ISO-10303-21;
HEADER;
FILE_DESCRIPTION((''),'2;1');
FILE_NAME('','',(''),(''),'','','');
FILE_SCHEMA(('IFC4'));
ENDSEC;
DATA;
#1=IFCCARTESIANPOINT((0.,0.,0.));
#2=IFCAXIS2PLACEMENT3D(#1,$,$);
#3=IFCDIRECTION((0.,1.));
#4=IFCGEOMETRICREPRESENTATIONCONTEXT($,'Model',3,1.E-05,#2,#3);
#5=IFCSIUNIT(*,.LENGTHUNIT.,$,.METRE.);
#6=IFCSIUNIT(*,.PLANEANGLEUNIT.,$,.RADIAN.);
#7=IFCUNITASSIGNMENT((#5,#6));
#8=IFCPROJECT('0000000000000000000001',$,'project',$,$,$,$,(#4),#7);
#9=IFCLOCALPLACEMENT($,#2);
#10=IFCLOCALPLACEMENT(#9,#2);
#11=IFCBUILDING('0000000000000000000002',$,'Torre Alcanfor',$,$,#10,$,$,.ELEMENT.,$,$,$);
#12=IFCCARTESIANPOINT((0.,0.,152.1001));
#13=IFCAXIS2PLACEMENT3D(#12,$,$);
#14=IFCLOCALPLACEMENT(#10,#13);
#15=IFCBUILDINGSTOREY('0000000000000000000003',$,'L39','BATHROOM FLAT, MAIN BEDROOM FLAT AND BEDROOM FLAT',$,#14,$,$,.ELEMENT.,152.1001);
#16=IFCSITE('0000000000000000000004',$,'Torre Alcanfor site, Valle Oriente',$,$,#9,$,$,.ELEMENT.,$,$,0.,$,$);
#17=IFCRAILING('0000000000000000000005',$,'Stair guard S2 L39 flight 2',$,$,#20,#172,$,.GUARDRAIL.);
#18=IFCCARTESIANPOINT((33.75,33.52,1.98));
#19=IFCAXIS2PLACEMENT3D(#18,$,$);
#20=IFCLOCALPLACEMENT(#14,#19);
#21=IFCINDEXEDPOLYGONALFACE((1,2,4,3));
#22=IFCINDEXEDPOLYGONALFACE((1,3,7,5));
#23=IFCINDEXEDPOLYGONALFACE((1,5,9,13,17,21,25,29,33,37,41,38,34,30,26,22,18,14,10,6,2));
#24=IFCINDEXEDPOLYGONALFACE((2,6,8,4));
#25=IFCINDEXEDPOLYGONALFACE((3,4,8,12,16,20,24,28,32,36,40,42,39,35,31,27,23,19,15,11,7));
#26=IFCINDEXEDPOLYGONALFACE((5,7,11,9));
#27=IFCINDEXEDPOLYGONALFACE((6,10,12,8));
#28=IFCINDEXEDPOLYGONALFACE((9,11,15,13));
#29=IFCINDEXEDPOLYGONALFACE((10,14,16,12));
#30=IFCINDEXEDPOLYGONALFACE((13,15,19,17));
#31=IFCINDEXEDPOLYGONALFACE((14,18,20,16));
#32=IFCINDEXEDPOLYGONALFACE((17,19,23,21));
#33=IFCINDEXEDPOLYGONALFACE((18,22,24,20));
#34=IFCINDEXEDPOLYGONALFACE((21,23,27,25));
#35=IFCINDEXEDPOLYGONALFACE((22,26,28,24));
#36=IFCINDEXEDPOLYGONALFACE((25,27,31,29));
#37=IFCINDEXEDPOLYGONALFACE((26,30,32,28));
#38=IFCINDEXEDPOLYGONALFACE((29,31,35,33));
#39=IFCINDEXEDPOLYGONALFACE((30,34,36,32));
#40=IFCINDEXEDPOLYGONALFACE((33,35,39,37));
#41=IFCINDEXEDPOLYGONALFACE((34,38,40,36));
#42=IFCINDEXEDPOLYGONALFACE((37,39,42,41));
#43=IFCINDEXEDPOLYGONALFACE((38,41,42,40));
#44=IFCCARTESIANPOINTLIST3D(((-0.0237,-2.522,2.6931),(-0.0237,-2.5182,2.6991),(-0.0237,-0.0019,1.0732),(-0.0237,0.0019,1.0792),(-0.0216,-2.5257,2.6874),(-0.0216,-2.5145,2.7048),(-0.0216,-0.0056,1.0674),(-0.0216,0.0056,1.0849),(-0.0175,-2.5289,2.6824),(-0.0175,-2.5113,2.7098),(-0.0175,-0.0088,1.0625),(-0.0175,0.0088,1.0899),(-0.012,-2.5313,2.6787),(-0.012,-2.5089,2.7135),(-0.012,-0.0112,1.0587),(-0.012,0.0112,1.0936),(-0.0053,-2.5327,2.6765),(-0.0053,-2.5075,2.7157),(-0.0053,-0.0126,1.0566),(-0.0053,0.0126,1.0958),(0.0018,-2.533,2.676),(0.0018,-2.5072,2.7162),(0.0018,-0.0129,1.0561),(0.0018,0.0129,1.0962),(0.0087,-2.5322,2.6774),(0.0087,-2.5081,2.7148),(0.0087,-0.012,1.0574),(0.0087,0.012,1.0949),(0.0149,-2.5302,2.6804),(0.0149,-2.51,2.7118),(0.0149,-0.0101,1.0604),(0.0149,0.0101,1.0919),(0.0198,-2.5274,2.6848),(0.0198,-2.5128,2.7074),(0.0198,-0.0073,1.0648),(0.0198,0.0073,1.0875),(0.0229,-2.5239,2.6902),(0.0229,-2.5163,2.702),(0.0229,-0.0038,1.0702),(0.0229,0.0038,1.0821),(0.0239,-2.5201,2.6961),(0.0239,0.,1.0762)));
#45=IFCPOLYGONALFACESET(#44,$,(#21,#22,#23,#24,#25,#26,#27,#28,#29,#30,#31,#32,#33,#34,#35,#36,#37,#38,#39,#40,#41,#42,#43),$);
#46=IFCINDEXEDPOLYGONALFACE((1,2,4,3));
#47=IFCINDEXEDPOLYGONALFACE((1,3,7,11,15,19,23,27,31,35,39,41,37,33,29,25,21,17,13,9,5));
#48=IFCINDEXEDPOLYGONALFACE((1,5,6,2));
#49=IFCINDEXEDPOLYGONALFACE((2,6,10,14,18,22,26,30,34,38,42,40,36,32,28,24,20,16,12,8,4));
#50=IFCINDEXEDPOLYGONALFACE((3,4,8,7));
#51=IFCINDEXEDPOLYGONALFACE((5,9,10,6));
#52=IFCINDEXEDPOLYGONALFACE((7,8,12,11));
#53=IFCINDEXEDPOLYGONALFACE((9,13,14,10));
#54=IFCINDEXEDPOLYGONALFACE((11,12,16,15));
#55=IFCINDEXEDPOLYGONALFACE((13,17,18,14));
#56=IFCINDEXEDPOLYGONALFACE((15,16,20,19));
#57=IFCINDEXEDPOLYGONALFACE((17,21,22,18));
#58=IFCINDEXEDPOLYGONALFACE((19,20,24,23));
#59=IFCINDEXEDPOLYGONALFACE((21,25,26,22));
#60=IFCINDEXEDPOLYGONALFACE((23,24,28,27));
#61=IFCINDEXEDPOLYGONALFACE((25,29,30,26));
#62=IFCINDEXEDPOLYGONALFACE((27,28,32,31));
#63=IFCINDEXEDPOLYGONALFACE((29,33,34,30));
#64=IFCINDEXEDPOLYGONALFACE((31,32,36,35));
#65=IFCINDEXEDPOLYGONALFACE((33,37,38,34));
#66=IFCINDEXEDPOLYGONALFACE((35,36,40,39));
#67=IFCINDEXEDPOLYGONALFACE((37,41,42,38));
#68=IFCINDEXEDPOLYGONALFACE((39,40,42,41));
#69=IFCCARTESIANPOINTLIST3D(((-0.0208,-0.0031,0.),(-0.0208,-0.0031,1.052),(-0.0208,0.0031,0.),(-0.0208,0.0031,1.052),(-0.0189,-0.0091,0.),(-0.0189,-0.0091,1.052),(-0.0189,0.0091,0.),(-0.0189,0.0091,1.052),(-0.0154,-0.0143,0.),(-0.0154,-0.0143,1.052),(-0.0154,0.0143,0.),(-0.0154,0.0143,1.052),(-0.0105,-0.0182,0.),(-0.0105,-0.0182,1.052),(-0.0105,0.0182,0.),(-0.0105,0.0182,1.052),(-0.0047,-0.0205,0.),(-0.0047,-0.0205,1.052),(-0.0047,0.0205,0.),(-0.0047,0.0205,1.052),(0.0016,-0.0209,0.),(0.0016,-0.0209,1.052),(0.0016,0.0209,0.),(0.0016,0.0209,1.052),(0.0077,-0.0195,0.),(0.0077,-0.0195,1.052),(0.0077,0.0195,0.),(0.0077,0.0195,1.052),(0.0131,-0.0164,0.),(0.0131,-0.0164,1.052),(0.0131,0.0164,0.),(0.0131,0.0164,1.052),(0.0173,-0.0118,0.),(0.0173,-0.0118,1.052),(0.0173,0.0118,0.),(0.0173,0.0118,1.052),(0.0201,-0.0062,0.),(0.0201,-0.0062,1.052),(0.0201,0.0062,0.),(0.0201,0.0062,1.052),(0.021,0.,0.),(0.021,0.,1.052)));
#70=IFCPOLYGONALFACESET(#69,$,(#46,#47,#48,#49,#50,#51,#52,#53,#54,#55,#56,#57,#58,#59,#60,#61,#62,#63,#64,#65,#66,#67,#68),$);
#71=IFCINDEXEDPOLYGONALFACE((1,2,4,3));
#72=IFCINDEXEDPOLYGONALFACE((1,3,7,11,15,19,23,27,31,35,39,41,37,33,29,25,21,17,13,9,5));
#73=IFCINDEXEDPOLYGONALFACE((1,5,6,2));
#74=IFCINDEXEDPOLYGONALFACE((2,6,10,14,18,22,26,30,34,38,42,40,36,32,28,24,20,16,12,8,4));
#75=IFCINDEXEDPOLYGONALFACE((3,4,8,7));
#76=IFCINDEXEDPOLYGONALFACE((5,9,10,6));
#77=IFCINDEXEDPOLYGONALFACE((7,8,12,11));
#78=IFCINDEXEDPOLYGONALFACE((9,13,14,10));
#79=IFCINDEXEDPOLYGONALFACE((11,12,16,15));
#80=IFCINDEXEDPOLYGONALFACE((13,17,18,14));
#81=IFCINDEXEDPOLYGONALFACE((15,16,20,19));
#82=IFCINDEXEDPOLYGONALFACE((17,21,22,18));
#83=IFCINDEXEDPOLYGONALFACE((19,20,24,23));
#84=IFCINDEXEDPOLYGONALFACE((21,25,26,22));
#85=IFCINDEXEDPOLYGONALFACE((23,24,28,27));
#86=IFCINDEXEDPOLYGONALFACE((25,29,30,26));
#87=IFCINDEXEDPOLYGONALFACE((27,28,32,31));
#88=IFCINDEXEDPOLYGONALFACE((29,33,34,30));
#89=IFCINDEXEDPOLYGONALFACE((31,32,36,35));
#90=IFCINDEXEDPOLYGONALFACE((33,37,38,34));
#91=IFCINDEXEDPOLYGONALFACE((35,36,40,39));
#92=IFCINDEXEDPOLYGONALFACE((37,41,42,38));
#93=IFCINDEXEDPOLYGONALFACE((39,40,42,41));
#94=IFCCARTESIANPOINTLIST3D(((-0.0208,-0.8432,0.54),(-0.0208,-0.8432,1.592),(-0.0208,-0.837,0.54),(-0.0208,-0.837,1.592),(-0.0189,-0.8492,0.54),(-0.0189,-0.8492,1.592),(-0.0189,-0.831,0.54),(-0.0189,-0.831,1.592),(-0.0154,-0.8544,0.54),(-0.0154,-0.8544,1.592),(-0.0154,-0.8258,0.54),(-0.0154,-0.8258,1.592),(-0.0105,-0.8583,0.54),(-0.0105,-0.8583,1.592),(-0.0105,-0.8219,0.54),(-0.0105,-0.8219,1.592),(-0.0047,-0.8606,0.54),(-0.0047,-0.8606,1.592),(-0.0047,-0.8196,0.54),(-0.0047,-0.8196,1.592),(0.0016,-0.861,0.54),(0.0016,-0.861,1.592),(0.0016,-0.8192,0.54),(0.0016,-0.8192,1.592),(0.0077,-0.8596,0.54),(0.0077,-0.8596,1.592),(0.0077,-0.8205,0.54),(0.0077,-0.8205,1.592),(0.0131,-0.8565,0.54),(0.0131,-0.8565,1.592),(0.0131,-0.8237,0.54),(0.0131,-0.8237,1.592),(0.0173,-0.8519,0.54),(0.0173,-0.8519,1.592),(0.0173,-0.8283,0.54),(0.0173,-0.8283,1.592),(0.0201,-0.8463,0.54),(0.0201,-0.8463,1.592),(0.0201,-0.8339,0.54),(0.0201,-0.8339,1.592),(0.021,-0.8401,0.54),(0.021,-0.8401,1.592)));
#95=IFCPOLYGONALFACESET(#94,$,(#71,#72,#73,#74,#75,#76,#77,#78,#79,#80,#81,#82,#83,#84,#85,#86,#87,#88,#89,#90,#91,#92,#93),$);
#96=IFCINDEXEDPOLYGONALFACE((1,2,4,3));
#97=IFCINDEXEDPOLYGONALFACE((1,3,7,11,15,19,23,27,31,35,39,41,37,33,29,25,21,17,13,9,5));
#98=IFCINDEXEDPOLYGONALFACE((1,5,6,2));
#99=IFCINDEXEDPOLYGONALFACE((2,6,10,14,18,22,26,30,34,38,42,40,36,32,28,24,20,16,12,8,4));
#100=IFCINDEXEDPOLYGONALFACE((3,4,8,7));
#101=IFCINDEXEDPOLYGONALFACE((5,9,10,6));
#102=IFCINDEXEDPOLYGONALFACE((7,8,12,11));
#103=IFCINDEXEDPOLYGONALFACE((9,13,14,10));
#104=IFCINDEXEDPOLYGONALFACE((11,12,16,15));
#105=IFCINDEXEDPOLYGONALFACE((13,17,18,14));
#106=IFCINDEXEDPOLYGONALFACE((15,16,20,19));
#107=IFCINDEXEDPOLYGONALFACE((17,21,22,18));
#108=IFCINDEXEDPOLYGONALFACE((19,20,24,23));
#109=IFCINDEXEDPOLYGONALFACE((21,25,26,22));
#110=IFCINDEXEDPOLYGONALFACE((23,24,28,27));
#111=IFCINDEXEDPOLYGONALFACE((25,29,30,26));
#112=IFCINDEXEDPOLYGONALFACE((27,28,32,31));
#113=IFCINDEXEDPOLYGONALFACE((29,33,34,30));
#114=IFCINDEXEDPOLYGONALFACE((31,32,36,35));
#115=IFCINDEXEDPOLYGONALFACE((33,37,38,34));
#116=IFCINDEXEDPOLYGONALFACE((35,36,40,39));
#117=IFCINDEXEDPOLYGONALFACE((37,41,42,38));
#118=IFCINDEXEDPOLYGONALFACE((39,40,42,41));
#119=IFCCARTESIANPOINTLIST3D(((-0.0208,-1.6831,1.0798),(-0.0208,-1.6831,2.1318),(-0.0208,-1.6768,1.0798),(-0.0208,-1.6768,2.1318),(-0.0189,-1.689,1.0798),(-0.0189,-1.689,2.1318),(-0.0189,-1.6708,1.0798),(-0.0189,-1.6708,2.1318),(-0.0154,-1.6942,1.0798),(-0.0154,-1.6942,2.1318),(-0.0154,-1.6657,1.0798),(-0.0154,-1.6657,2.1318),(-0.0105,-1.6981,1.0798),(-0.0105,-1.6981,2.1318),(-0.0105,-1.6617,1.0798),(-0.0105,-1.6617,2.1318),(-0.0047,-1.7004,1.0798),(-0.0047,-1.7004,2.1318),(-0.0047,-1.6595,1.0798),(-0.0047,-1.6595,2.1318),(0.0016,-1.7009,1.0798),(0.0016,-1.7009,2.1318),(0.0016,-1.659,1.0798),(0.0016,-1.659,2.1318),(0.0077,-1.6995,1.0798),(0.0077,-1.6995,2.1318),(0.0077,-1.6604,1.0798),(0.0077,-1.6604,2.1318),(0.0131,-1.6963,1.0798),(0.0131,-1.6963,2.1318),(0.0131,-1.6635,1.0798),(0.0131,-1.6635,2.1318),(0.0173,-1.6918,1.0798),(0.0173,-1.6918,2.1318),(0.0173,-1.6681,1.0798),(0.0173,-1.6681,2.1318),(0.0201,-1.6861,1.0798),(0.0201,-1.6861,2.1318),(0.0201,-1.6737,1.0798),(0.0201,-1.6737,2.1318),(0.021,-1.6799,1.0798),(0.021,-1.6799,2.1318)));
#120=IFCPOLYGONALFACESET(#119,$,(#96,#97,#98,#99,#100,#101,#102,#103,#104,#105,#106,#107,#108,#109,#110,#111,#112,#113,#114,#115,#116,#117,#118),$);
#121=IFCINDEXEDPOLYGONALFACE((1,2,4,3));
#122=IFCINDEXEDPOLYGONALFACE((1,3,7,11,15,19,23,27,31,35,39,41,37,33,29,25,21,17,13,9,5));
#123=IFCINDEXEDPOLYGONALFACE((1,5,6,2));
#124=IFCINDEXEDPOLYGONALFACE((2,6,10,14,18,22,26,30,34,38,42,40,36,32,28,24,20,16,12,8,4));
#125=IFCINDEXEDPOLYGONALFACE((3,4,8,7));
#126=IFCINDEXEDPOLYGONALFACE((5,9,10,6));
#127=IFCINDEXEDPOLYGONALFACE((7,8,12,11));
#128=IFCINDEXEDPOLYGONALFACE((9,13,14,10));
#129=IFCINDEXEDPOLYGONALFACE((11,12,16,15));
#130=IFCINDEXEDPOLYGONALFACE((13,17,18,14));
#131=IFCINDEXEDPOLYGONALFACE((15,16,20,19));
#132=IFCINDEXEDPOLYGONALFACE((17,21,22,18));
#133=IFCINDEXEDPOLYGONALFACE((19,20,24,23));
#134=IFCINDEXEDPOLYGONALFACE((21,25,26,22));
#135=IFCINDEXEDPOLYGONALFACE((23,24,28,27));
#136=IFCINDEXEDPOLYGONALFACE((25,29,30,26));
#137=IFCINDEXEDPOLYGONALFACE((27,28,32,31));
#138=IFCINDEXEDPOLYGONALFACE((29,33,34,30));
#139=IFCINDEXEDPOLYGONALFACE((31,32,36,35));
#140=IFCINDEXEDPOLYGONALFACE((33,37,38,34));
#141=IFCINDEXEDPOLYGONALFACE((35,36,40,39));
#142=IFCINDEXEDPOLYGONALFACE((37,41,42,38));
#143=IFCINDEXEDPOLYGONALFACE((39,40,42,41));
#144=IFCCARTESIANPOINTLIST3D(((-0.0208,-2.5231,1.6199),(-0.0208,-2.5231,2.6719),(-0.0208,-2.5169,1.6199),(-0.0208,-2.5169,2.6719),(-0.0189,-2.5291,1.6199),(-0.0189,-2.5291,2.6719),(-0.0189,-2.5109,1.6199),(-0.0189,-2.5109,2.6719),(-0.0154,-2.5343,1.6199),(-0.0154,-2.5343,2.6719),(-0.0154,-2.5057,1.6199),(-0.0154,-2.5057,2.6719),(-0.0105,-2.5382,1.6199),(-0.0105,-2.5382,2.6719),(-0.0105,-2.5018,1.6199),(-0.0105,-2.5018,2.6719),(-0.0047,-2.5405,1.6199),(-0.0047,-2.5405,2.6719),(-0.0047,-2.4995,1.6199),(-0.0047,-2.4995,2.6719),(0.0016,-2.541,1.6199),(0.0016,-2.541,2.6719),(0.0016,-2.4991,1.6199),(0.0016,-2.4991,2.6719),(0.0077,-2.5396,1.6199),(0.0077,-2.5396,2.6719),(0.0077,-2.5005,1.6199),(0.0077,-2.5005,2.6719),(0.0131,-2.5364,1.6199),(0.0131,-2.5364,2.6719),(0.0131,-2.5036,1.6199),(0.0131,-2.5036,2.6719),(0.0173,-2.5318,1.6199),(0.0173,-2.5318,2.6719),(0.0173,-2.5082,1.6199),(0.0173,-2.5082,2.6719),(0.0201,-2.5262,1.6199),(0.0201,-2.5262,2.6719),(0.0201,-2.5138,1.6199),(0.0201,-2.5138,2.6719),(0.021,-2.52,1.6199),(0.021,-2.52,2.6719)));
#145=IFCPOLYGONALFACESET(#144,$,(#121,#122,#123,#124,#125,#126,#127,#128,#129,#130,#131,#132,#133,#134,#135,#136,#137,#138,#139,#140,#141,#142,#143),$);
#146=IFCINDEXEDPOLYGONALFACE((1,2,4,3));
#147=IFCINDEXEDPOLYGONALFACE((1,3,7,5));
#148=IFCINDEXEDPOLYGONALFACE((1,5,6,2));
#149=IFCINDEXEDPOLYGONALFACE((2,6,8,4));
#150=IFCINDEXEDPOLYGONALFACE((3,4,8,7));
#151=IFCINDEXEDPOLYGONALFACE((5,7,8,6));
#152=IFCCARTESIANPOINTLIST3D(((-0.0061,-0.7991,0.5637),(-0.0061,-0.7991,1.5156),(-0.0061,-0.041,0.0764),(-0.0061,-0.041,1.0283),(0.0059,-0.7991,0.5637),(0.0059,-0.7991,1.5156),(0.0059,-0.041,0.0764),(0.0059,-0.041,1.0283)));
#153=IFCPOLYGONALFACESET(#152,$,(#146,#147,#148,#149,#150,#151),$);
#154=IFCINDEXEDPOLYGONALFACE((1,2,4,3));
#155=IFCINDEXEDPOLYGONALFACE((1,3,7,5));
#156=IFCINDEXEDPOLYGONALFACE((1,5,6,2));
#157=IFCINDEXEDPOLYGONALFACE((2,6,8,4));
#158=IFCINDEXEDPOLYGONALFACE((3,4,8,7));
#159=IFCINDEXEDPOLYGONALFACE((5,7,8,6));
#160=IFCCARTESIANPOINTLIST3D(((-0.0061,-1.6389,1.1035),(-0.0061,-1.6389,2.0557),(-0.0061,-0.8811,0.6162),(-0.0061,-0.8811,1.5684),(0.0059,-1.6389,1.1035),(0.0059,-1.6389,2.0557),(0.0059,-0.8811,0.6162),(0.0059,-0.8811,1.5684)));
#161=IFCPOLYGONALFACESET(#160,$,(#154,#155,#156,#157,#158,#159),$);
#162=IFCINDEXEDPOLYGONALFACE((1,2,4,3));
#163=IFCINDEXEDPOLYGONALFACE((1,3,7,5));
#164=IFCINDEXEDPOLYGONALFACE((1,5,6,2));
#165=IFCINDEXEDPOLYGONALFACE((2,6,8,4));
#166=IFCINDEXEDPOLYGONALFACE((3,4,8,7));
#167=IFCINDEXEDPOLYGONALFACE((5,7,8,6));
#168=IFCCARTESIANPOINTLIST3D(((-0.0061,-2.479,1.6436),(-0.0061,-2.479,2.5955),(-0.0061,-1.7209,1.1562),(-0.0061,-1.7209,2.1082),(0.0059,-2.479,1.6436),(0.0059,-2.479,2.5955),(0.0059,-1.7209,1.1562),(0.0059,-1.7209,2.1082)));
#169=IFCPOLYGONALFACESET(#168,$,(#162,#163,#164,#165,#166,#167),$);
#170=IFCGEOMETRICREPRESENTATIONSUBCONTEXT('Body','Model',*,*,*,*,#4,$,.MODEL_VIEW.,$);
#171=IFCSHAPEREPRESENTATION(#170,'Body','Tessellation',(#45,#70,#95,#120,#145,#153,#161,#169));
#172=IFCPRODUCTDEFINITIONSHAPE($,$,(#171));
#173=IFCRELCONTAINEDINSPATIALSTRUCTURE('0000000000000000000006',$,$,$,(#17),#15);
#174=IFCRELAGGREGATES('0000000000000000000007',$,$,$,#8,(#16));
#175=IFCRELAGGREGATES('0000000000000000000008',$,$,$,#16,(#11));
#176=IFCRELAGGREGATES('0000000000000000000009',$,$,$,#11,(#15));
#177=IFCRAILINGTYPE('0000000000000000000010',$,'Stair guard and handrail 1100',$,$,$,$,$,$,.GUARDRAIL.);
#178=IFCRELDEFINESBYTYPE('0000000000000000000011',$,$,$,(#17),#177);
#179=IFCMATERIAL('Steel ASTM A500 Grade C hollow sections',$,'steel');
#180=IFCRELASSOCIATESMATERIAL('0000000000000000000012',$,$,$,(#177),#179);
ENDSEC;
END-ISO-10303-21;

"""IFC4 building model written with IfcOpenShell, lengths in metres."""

from ifc_helpers import new_model, si_unit, direction, frame, origin, origin_2d, place, context, subcontext, project, spatial, polyline, circle, outline, extrude, material, type_object, element, save


model = new_model("IFC4")

# Units and contexts
model_context = context("Model", 3, precision=1e-05, world=origin(), true_north=direction((0.0, 1.0)))
body_context = subcontext(model_context, "Body", "Model", "MODEL_VIEW")
ifc_project = project(units=[si_unit("LENGTHUNIT", "METRE"), si_unit("PLANEANGLEUNIT", "RADIAN")], contexts=[model_context])

# Site, building, storey
site_placement = place(None, origin())
site = spatial("IfcSite", under=ifc_project, at=site_placement, Name="Torre Alcanfor site, Valle Oriente", CompositionType="ELEMENT", RefElevation=0.0)
building_placement = place(site_placement, origin())
building = spatial("IfcBuilding", under=site, at=building_placement, Name="Torre Alcanfor", CompositionType="ELEMENT")
storey_placement = place(building_placement, frame((0.0, 0.0, 152.1001)))
storey = spatial("IfcBuildingStorey", under=building, at=storey_placement, Name="L39", Description="BATHROOM FLAT, MAIN BEDROOM FLAT AND BEDROOM FLAT", CompositionType="ELEMENT", Elevation=152.1001)

# Railing
ifc_material_1 = material(Name="Steel ASTM A500 Grade C hollow sections", Category="steel")
railing_type_1 = type_object("IfcRailingType", Name="Stair guard and handrail 1100", PredefinedType="GUARDRAIL", material=ifc_material_1)
railing_1_placement = place(storey_placement, frame((33.75, 33.52, 1.98)))
element("IfcRailing", 1, at=railing_1_placement, inside=storey, type_object=railing_type_1, Name="Stair guard S2 L39 flight 2", PredefinedType="GUARDRAIL", context=body_context, shape_type="SweptSolid", body=[
    extrude(circle(Radius=0.0239, at=origin_2d()), frame((0.0, 0.0, 1.0762), z_axis=(0.0, -0.8412, 0.540725), x_axis=(1.0, 0.0, 0.0)), (0.0, 0.0, 1.0), 2.9958),
    extrude(circle(Radius=0.021, at=origin_2d()), origin(), (0.0, 0.0, 1.0), 1.052),
    extrude(circle(Radius=0.021, at=origin_2d()), frame((0.0, -0.8401, 0.54)), (0.0, 0.0, 1.0), 1.052),
    extrude(circle(Radius=0.021, at=origin_2d()), frame((0.0, -1.6799, 1.0798)), (0.0, 0.0, 1.0), 1.052),
    extrude(circle(Radius=0.021, at=origin_2d()), frame((0.0, -2.52, 1.6199)), (0.0, 0.0, 1.0), 1.052),
    extrude(outline(polyline([(0.041, 0.0764), (0.7991, 0.5637), (0.7991, 1.5156), (0.041, 1.0283), (0.041, 0.0764)])), frame((0.0059, 0.0, 0.0), z_axis=(-1.0, 0.0, 0.0), x_axis=(0.0, -1.0, 0.0)), (0.0, 0.0, 1.0), 0.012),
    extrude(outline(polyline([(0.8811, 0.6162), (1.6389, 1.1035), (1.6389, 2.0557), (0.8811, 1.5684), (0.8811, 0.6162)])), frame((0.0059, 0.0, 0.0), z_axis=(-1.0, 0.0, 0.0), x_axis=(0.0, -1.0, 0.0)), (0.0, 0.0, 1.0), 0.012),
    extrude(outline(polyline([(1.7209, 1.1562), (2.479, 1.6436), (2.479, 2.5955), (1.7209, 2.1082), (1.7209, 1.1562)])), frame((0.0059, 0.0, 0.0), z_axis=(-1.0, 0.0, 0.0), x_axis=(0.0, -1.0, 0.0)), (0.0, 0.0, 1.0), 0.012),
])

save(model, "model.ifc")
